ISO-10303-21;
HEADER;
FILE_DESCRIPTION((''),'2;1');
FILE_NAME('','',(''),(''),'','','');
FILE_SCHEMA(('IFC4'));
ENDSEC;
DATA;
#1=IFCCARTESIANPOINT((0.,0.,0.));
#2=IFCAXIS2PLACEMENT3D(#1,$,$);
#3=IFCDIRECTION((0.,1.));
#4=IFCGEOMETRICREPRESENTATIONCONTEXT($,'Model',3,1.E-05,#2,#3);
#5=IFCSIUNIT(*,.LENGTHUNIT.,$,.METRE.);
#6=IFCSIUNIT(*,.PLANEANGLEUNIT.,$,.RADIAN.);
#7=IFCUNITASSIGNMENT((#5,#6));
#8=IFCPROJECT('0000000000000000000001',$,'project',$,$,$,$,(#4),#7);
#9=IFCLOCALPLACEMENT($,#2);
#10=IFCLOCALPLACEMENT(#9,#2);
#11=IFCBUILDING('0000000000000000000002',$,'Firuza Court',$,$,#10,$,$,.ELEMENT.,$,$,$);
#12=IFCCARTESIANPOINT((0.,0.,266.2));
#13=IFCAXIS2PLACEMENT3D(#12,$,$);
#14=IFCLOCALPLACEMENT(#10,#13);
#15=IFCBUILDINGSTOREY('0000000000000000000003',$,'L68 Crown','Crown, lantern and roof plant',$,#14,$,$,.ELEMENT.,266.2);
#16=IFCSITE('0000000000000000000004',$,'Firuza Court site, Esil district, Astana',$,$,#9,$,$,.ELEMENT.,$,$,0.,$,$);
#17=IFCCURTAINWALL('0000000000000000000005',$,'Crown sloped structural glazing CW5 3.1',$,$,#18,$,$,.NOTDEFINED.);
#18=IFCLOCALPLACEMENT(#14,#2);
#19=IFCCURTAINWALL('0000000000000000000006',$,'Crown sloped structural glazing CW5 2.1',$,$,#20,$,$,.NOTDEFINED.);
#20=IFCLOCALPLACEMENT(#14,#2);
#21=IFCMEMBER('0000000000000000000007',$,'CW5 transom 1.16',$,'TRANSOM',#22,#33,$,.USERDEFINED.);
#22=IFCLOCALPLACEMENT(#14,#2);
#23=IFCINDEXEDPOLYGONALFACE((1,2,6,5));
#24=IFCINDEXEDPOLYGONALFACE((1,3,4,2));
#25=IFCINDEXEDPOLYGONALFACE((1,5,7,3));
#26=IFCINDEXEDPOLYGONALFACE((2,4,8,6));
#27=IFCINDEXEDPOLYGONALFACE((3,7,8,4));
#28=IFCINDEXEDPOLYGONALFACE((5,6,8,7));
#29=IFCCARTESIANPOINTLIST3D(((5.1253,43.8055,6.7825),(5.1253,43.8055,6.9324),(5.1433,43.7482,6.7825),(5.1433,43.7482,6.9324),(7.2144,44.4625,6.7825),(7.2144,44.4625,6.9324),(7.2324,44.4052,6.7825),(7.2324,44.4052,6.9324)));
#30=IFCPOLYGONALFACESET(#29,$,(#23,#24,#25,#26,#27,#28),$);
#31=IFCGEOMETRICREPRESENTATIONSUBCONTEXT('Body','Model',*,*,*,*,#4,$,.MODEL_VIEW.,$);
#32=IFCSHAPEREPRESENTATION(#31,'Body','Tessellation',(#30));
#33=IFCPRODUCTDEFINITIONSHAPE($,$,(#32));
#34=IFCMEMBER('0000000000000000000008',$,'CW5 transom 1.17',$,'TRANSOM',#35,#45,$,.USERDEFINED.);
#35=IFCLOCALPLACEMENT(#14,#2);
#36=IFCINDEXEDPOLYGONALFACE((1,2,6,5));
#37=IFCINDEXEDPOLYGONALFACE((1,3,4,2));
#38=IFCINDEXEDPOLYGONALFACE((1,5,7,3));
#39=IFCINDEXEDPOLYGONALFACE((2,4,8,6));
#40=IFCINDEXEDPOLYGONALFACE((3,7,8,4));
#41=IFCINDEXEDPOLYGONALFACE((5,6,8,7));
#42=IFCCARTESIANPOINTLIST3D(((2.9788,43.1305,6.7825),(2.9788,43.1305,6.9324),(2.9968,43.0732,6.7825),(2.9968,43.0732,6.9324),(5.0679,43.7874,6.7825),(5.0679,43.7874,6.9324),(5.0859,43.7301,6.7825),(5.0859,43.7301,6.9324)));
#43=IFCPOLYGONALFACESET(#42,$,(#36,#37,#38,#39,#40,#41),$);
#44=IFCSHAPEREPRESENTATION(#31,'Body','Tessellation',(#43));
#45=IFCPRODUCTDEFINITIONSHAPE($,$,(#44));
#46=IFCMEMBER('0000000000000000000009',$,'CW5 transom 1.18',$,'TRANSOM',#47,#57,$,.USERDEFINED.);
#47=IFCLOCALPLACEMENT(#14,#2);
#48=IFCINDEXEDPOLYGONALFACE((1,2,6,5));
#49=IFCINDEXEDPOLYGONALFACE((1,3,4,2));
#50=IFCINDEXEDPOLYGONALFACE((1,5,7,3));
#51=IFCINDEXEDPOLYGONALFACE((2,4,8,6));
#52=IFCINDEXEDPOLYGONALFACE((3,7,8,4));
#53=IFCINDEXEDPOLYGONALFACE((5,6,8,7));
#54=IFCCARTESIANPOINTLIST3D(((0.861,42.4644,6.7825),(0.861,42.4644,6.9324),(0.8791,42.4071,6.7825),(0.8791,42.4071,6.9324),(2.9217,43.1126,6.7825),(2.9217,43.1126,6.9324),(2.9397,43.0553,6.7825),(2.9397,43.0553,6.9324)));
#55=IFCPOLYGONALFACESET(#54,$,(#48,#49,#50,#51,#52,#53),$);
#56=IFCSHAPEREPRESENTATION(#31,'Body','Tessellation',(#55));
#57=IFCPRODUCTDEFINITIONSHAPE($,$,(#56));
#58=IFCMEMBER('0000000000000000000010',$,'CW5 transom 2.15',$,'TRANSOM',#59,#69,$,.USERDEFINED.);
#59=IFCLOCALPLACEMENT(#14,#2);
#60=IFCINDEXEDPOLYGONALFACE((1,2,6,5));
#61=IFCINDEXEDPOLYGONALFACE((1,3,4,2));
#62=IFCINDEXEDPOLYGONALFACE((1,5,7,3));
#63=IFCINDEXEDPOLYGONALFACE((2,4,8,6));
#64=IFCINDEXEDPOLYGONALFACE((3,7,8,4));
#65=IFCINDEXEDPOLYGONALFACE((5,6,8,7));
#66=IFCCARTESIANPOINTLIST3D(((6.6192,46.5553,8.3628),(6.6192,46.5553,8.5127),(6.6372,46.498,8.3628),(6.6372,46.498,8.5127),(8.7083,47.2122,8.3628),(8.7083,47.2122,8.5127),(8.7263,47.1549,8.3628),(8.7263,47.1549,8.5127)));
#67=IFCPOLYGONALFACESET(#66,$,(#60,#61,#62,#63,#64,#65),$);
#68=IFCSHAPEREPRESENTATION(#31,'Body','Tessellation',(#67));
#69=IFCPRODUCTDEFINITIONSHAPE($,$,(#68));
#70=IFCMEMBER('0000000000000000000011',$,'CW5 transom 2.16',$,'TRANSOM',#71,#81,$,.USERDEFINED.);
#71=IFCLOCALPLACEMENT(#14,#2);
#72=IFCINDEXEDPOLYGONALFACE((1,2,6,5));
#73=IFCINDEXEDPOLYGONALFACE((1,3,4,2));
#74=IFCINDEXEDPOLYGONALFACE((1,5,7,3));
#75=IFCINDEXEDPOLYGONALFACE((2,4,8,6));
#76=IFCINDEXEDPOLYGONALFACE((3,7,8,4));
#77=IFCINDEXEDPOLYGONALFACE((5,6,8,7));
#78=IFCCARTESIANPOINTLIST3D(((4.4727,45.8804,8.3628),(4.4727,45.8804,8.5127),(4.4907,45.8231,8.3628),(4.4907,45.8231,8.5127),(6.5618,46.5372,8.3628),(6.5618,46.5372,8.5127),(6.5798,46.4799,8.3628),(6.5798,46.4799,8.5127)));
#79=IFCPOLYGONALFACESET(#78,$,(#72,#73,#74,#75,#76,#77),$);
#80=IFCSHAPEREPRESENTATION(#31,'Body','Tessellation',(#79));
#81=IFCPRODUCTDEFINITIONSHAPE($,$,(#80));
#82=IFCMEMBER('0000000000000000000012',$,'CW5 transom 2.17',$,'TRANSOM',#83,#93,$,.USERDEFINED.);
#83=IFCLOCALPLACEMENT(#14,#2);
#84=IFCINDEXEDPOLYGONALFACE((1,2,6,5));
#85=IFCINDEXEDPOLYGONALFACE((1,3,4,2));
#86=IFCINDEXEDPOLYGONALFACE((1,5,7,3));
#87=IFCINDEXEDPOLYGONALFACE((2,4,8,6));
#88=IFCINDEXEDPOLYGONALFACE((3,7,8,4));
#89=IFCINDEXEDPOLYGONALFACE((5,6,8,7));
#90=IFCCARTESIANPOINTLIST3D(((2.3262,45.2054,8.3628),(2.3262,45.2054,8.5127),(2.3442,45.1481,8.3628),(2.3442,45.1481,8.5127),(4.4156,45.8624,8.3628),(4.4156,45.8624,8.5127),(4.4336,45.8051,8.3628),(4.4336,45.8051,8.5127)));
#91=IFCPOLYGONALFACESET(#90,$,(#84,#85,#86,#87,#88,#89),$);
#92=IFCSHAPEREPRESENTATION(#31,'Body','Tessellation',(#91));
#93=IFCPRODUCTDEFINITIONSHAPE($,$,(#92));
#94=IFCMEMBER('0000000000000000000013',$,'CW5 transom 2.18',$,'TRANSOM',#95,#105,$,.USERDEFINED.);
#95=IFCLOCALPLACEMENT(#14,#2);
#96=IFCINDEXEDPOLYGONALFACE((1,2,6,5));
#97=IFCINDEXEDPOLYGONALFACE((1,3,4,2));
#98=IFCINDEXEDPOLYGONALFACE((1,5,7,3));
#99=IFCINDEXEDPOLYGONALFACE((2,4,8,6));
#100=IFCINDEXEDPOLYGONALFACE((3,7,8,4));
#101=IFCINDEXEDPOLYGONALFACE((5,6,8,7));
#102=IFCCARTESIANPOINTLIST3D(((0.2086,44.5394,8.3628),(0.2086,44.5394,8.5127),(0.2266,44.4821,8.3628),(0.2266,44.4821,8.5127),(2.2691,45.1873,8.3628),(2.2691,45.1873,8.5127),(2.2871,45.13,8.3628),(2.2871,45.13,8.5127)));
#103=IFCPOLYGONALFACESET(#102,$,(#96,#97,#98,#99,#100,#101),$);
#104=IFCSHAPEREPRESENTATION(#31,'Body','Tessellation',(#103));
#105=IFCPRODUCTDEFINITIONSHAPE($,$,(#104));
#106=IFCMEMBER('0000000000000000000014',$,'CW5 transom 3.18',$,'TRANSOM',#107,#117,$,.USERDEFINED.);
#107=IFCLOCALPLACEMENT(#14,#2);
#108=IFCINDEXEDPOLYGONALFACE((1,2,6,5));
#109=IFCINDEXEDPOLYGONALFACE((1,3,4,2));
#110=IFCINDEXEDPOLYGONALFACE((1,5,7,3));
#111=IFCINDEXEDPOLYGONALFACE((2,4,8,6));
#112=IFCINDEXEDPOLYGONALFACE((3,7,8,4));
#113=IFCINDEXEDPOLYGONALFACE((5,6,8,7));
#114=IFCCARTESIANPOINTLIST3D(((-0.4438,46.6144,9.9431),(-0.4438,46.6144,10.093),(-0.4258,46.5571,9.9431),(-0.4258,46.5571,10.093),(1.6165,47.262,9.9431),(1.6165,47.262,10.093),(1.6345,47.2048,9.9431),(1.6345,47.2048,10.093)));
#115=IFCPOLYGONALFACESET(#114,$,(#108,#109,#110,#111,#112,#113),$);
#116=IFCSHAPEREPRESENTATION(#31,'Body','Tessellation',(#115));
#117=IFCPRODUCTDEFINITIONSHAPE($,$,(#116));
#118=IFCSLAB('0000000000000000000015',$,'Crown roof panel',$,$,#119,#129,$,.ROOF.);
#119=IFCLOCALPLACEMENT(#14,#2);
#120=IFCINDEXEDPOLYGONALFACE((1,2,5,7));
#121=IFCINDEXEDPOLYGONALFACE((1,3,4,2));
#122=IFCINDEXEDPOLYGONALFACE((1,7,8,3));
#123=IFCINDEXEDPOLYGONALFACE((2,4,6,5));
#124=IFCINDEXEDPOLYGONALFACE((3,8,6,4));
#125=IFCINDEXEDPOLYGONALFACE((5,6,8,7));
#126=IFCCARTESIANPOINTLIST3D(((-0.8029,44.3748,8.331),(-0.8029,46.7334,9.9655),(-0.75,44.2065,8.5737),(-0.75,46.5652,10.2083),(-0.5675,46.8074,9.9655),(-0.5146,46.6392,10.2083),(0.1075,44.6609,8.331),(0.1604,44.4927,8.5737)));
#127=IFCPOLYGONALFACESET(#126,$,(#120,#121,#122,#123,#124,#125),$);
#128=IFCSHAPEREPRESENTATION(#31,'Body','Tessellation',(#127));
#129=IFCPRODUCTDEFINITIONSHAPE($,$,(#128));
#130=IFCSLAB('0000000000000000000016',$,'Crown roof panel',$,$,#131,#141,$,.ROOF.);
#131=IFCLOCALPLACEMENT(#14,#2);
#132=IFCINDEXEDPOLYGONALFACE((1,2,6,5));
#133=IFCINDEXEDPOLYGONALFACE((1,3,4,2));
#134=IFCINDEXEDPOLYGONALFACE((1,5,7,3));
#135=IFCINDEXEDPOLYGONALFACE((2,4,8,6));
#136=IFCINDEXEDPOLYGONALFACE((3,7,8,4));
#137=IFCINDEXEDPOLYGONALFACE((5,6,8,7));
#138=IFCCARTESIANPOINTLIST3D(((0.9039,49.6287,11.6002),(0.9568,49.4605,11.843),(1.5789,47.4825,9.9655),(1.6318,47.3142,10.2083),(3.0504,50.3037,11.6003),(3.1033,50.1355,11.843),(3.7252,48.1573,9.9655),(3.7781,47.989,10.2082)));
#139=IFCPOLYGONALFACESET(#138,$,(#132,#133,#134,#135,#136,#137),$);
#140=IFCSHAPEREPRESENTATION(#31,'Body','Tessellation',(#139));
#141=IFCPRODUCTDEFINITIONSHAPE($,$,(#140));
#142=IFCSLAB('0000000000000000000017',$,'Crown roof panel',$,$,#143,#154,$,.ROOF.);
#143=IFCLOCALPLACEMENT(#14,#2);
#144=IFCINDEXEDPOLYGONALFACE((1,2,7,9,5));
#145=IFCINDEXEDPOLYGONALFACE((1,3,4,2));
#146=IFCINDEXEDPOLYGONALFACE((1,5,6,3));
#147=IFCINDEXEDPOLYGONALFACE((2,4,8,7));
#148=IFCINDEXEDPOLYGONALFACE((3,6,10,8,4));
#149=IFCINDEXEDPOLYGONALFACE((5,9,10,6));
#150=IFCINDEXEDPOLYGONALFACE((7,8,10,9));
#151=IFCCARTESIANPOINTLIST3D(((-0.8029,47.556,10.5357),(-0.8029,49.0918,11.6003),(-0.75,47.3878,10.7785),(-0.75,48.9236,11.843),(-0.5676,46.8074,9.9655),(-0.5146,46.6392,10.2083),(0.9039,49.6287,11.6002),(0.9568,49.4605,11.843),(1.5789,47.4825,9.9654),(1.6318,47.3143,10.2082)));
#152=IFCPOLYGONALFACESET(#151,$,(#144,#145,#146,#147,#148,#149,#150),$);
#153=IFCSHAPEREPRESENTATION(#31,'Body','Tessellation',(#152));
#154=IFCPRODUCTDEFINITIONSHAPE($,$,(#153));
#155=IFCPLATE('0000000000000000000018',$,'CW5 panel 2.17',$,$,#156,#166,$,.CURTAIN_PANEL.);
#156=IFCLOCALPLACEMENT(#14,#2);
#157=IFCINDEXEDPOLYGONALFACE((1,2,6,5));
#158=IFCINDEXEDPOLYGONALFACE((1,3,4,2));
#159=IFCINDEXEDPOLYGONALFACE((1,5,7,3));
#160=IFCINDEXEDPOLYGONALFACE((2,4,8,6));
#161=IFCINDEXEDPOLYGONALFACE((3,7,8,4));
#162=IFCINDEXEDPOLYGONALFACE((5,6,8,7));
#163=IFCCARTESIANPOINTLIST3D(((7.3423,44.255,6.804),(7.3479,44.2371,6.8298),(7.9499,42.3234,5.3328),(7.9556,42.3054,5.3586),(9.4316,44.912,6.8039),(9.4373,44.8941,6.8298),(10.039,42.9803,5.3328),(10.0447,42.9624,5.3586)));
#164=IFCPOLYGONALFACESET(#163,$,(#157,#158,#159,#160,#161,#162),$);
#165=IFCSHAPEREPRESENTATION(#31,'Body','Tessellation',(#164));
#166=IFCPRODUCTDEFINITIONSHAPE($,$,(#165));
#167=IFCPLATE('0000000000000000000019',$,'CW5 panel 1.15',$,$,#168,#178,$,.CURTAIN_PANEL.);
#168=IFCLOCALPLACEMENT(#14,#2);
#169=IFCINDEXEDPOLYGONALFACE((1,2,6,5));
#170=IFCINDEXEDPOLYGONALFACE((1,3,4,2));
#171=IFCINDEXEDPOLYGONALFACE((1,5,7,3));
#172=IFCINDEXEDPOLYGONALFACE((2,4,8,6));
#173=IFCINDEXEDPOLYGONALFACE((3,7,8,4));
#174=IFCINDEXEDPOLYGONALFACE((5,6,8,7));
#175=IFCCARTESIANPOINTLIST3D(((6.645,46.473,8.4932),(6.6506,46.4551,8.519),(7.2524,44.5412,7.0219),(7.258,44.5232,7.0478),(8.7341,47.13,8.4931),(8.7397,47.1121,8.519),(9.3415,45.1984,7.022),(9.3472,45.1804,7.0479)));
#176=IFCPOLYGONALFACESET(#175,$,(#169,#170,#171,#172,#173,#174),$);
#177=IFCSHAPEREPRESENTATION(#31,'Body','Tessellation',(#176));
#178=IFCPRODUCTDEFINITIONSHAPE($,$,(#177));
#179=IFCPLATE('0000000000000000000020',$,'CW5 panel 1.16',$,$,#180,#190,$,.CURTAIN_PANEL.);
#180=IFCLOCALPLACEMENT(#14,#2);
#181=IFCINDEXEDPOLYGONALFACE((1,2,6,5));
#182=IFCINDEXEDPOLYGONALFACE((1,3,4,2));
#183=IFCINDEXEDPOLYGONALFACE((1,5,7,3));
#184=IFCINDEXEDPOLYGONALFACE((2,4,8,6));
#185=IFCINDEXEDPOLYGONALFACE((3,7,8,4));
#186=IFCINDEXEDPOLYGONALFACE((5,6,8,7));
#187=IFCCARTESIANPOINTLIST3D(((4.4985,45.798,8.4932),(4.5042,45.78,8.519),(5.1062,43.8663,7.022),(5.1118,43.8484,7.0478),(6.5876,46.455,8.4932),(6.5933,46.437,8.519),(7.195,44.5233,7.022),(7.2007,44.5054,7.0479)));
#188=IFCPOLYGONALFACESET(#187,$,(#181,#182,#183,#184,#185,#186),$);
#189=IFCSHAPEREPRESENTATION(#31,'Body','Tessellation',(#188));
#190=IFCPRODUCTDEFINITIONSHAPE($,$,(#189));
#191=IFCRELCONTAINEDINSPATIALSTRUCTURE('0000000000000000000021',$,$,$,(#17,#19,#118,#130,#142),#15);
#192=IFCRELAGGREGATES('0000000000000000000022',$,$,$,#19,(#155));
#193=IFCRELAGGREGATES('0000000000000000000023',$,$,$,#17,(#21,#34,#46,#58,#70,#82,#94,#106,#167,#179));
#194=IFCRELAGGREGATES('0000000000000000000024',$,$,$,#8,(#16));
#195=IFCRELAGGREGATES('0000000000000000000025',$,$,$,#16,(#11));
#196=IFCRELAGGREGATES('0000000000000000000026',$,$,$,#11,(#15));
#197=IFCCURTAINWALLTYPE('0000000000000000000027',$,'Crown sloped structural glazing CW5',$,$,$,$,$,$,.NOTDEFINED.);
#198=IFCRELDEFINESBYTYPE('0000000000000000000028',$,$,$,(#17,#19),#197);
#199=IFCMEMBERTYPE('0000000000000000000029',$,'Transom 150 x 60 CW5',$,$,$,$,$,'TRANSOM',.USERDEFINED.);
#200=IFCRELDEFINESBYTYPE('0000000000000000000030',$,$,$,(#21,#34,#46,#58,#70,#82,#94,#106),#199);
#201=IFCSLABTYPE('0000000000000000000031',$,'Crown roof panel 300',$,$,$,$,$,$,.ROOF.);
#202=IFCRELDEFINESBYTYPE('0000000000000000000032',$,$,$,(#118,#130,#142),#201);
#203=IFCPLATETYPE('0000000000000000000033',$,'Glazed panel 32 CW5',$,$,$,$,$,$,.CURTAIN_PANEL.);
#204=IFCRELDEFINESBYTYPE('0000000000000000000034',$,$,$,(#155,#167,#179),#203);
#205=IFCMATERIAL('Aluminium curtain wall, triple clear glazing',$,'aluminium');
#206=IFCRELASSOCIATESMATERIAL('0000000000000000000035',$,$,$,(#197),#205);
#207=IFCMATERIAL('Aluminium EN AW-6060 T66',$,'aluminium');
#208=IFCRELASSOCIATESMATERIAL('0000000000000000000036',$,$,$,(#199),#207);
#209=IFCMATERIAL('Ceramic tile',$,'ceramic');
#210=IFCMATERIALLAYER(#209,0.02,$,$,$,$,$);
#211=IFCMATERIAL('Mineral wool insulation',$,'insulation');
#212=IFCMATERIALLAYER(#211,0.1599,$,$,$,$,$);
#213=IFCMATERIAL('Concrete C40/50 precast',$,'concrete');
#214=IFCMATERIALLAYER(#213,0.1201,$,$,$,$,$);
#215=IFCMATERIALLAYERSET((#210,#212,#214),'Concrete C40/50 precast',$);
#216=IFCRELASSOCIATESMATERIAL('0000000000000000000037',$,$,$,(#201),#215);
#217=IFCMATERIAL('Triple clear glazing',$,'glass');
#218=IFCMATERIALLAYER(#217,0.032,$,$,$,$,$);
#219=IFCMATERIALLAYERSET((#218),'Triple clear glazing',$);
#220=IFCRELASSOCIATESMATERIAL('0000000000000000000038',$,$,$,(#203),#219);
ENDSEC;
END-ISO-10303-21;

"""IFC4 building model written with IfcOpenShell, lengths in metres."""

from ifc_helpers import new_model, si_unit, direction, frame, origin, origin_2d, place, context, subcontext, project, spatial, polyline, rectangle, outline, extrude, material, layer, layer_set, material_profile, profile_set, type_object, element, aggregate, save


model = new_model("IFC4")

# Units and contexts
model_context = context("Model", 3, precision=1e-05, world=origin(), true_north=direction((0.0, 1.0)))
body_context = subcontext(model_context, "Body", "Model", "MODEL_VIEW")
ifc_project = project(units=[si_unit("LENGTHUNIT", "METRE"), si_unit("PLANEANGLEUNIT", "RADIAN")], contexts=[model_context])

# Site, building, storey
site_placement = place(None, origin())
site = spatial("IfcSite", under=ifc_project, at=site_placement, Name="Firuza Court site, Esil district, Astana", CompositionType="ELEMENT", RefElevation=0.0)
building_placement = place(site_placement, origin())
building = spatial("IfcBuilding", under=site, at=building_placement, Name="Firuza Court", CompositionType="ELEMENT")
storey_placement = place(building_placement, frame((0.0, 0.0, 266.2)))
storey = spatial("IfcBuildingStorey", under=building, at=storey_placement, Name="L68 Crown", Description="Crown, lantern and roof plant", CompositionType="ELEMENT", Elevation=266.2)

# Curtain walls
ifc_material_1 = material(Name="Aluminium curtain wall, triple clear glazing", Category="aluminium")
curtain_wall_type = type_object("IfcCurtainWallType", Name="Crown sloped structural glazing CW5", PredefinedType="NOTDEFINED", material=ifc_material_1)
curtain_wall_1_placement = place(storey_placement, origin())
curtain_wall_1 = element("IfcCurtainWall", 1, at=curtain_wall_1_placement, inside=storey, type_object=curtain_wall_type, Name="Crown sloped structural glazing CW5 3.1", PredefinedType="NOTDEFINED")
curtain_wall_2_placement = place(storey_placement, origin())
curtain_wall_2 = element("IfcCurtainWall", 2, at=curtain_wall_2_placement, inside=storey, type_object=curtain_wall_type, Name="Crown sloped structural glazing CW5 2.1", PredefinedType="NOTDEFINED")
ifc_material_2 = material(Name="Aluminium EN AW-6060 T66", Category="aluminium")
ifc_material_profile_1 = material_profile(ifc_material_2, rectangle(XDim=0.0601, YDim=0.1499, at=origin_2d()), Name="Transom 150 x 60 CW5")
ifc_profile_set_1 = profile_set([ifc_material_profile_1], Name="Aluminium EN AW-6060 T66")
member_type_1 = type_object("IfcMemberType", Name="Transom 150 x 60 CW5", ElementType="TRANSOM", PredefinedType="USERDEFINED", material=ifc_profile_set_1)

# Members
member_1_placement = place(storey_placement, frame((7.2234, 44.4338, 6.8574), z_axis=(-0.953941, -0.299995, 0.0), x_axis=(0.299995, -0.953941, 0.0)))
member_1 = element("IfcMember", 3, at=member_1_placement, type_object=member_type_1, Name="CW5 transom 1.16", ObjectType="TRANSOM", PredefinedType="USERDEFINED", context=body_context, shape_type="SweptSolid", body=[
    extrude(rectangle(XDim=0.0601, YDim=0.1499, at=origin_2d()), origin(), (0.0, 0.0, 1.0), 2.1899),
])
member_2_placement = place(storey_placement, frame((5.0769, 43.7588, 6.8574), z_axis=(-0.953941, -0.299995, 0.0), x_axis=(0.299995, -0.953941, 0.0)))
member_2 = element("IfcMember", 4, at=member_2_placement, type_object=member_type_1, Name="CW5 transom 1.17", ObjectType="TRANSOM", PredefinedType="USERDEFINED", context=body_context, shape_type="SweptSolid", body=[
    extrude(rectangle(XDim=0.0601, YDim=0.1499, at=origin_2d()), origin(), (0.0, 0.0, 1.0), 2.1899),
])
member_3_placement = place(storey_placement, frame((2.9307, 43.084, 6.8574), z_axis=(-0.953915, -0.300076, 0.0), x_axis=(0.300076, -0.953915, 0.0)))
member_3 = element("IfcMember", 5, at=member_3_placement, type_object=member_type_1, Name="CW5 transom 1.18", ObjectType="TRANSOM", PredefinedType="USERDEFINED", context=body_context, shape_type="SweptSolid", body=[
    extrude(rectangle(XDim=0.0601, YDim=0.1499, at=origin_2d()), origin(), (0.0, 0.0, 1.0), 2.1602),
])
member_4_placement = place(storey_placement, frame((8.7173, 47.1836, 8.4377), z_axis=(-0.953941, -0.299995, 0.0), x_axis=(0.299995, -0.953941, 0.0)))
member_4 = element("IfcMember", 6, at=member_4_placement, type_object=member_type_1, Name="CW5 transom 2.15", ObjectType="TRANSOM", PredefinedType="USERDEFINED", context=body_context, shape_type="SweptSolid", body=[
    extrude(rectangle(XDim=0.0601, YDim=0.1499, at=origin_2d()), origin(), (0.0, 0.0, 1.0), 2.1899),
])
member_5_placement = place(storey_placement, frame((6.5708, 46.5085, 8.4377), z_axis=(-0.953973, -0.299893, 0.0), x_axis=(0.299893, -0.953973, 0.0)))
member_5 = element("IfcMember", 7, at=member_5_placement, type_object=member_type_1, Name="CW5 transom 2.16", ObjectType="TRANSOM", PredefinedType="USERDEFINED", context=body_context, shape_type="SweptSolid", body=[
    extrude(rectangle(XDim=0.0601, YDim=0.1499, at=origin_2d()), origin(), (0.0, 0.0, 1.0), 2.1899),
])
member_6_placement = place(storey_placement, frame((4.4246, 45.8337, 8.4377), z_axis=(-0.953951, -0.299963, 0.0), x_axis=(0.299963, -0.953951, 0.0)))
member_6 = element("IfcMember", 8, at=member_6_placement, type_object=member_type_1, Name="CW5 transom 2.17", ObjectType="TRANSOM", PredefinedType="USERDEFINED", context=body_context, shape_type="SweptSolid", body=[
    extrude(rectangle(XDim=0.0601, YDim=0.1499, at=origin_2d()), origin(), (0.0, 0.0, 1.0), 2.1902),
])
member_7_placement = place(storey_placement, frame((2.2781, 45.1587, 8.4377), z_axis=(-0.953948, -0.299974, 0.0), x_axis=(0.299974, -0.953948, 0.0)))
member_7 = element("IfcMember", 9, at=member_7_placement, type_object=member_type_1, Name="CW5 transom 2.18", ObjectType="TRANSOM", PredefinedType="USERDEFINED", context=body_context, shape_type="SweptSolid", body=[
    extrude(rectangle(XDim=0.0601, YDim=0.1499, at=origin_2d()), origin(), (0.0, 0.0, 1.0), 2.1599),
])
member_8_placement = place(storey_placement, frame((1.6255, 47.2334, 10.0181), z_axis=(-0.95397, -0.299903, 0.0), x_axis=(0.299903, -0.95397, 0.0)))
member_8 = element("IfcMember", 10, at=member_8_placement, type_object=member_type_1, Name="CW5 transom 3.18", ObjectType="TRANSOM", PredefinedType="USERDEFINED", context=body_context, shape_type="SweptSolid", body=[
    extrude(rectangle(XDim=0.0601, YDim=0.1499, at=origin_2d()), origin(), (0.0, 0.0, 1.0), 2.1597),
])

# Slabs
ifc_material_3 = material(Name="Ceramic tile", Category="ceramic")
ifc_layer_1 = layer(ifc_material_3, 0.02)
ifc_material_4 = material(Name="Mineral wool insulation", Category="insulation")
ifc_layer_2 = layer(ifc_material_4, 0.1599)
ifc_material_5 = material(Name="Concrete C40/50 precast", Category="concrete")
ifc_layer_3 = layer(ifc_material_5, 0.1201)
ifc_layer_set_1 = layer_set([ifc_layer_1, ifc_layer_2, ifc_layer_3], Name="Concrete C40/50 precast")
slab_type = type_object("IfcSlabType", Name="Crown roof panel 300", PredefinedType="ROOF", material=ifc_layer_set_1)
slab_1_placement = place(storey_placement, frame((-0.75, 44.2065, 8.5737), z_axis=(0.176219, -0.560676, 0.809067), x_axis=(0.0, 0.821929, 0.56959)))
element("IfcSlab", 11, at=slab_1_placement, inside=storey, type_object=slab_type, Name="Crown roof panel", PredefinedType="ROOF", context=body_context, shape_type="SweptSolid", body=[
    extrude(outline(polyline([(0.0, 0.0), (2.8696, 0.0), (2.9304, -0.2391), (0.2352, -0.9249), (0.0, 0.0)])), origin(), (0.0, 0.0, -1.0), 0.3),
])
slab_2_placement = place(storey_placement, frame((1.6318, 47.3142, 10.2083), z_axis=(0.176323, -0.560731, 0.809006), x_axis=(-0.242731, 0.771734, 0.5878)))
element("IfcSlab", 12, at=slab_2_placement, inside=storey, type_object=slab_type, Name="Crown roof panel", PredefinedType="ROOF", context=body_context, shape_type="SweptSolid", body=[
    extrude(outline(polyline([(0.0, 0.0), (2.7811, 0.0), (2.781, -2.2501), (-0.0002, -2.2498), (0.0, 0.0)])), origin(), (0.0, 0.0, -1.0), 0.3),
])
slab_3_placement = place(storey_placement, frame((-0.5146, 46.6392, 10.2083), z_axis=(0.176392, -0.560737, 0.808987), x_axis=(-0.242647, 0.77174, 0.587827)))
element("IfcSlab", 13, at=slab_3_placement, inside=storey, type_object=slab_type, Name="Crown roof panel", PredefinedType="ROOF", context=body_context, shape_type="SweptSolid", body=[
    extrude(outline(polyline([(0.0, 0.0), (0.97, 0.0), (2.781, -0.4607), (2.7812, -2.2499), (0.0001, -2.2501), (0.0, 0.0)])), origin(), (0.0, 0.0, -1.0), 0.3),
])

# Plates
ifc_material_6 = material(Name="Triple clear glazing", Category="glass")
ifc_layer_4 = layer(ifc_material_6, 0.032)
ifc_layer_set_2 = layer_set([ifc_layer_4], Name="Triple clear glazing")
plate_type = type_object("IfcPlateType", Name="Glazed panel 32 CW5", PredefinedType="CURTAIN_PANEL", material=ifc_layer_set_2)
plate_1_placement = place(storey_placement, frame((10.0447, 42.9624, 5.3586), z_axis=(0.176323, -0.560714, 0.809018), x_axis=(-0.953943, -0.299989, -0.000008)))
plate_1 = element("IfcPlate", 14, at=plate_1_placement, type_object=plate_type, Name="CW5 panel 2.17", PredefinedType="CURTAIN_PANEL", context=body_context, shape_type="SweptSolid", body=[
    extrude(outline(polyline([(0.0, 0.0), (2.19, 0.0), (2.1902, -2.503), (0.0, -2.5029), (0.0, 0.0)])), origin(), (0.0, 0.0, -1.0), 0.032),
])
aggregate(curtain_wall_2, [plate_1])
plate_2_placement = place(storey_placement, frame((9.3472, 45.1804, 7.0479), z_axis=(0.176357, -0.560687, 0.809029), x_axis=(-0.953914, -0.300079, -0.000025)))
plate_2 = element("IfcPlate", 15, at=plate_2_placement, type_object=plate_type, Name="CW5 panel 1.15", PredefinedType="CURTAIN_PANEL", context=body_context, shape_type="SweptSolid", body=[
    extrude(outline(polyline([(0.0, 0.0), (2.1901, 0.0), (2.1897, -2.5031), (-0.0003, -2.5029), (0.0, 0.0)])), origin(), (0.0, 0.0, -1.0), 0.032),
])
plate_3_placement = place(storey_placement, frame((7.2007, 44.5054, 7.0479), z_axis=(0.176341, -0.560708, 0.809018), x_axis=(-0.953933, -0.300021, -0.000008)))
plate_3 = element("IfcPlate", 16, at=plate_3_placement, type_object=plate_type, Name="CW5 panel 1.16", PredefinedType="CURTAIN_PANEL", context=body_context, shape_type="SweptSolid", body=[
    extrude(outline(polyline([(0.0, 0.0), (2.1897, 0.0), (2.1899, -2.503), (-0.0001, -2.5029), (0.0, 0.0)])), origin(), (0.0, 0.0, -1.0), 0.032),
])
aggregate(curtain_wall_1, [member_1, member_2, member_3, member_4, member_5, member_6, member_7, member_8, plate_2, plate_3])

save(model, "model.ifc")
